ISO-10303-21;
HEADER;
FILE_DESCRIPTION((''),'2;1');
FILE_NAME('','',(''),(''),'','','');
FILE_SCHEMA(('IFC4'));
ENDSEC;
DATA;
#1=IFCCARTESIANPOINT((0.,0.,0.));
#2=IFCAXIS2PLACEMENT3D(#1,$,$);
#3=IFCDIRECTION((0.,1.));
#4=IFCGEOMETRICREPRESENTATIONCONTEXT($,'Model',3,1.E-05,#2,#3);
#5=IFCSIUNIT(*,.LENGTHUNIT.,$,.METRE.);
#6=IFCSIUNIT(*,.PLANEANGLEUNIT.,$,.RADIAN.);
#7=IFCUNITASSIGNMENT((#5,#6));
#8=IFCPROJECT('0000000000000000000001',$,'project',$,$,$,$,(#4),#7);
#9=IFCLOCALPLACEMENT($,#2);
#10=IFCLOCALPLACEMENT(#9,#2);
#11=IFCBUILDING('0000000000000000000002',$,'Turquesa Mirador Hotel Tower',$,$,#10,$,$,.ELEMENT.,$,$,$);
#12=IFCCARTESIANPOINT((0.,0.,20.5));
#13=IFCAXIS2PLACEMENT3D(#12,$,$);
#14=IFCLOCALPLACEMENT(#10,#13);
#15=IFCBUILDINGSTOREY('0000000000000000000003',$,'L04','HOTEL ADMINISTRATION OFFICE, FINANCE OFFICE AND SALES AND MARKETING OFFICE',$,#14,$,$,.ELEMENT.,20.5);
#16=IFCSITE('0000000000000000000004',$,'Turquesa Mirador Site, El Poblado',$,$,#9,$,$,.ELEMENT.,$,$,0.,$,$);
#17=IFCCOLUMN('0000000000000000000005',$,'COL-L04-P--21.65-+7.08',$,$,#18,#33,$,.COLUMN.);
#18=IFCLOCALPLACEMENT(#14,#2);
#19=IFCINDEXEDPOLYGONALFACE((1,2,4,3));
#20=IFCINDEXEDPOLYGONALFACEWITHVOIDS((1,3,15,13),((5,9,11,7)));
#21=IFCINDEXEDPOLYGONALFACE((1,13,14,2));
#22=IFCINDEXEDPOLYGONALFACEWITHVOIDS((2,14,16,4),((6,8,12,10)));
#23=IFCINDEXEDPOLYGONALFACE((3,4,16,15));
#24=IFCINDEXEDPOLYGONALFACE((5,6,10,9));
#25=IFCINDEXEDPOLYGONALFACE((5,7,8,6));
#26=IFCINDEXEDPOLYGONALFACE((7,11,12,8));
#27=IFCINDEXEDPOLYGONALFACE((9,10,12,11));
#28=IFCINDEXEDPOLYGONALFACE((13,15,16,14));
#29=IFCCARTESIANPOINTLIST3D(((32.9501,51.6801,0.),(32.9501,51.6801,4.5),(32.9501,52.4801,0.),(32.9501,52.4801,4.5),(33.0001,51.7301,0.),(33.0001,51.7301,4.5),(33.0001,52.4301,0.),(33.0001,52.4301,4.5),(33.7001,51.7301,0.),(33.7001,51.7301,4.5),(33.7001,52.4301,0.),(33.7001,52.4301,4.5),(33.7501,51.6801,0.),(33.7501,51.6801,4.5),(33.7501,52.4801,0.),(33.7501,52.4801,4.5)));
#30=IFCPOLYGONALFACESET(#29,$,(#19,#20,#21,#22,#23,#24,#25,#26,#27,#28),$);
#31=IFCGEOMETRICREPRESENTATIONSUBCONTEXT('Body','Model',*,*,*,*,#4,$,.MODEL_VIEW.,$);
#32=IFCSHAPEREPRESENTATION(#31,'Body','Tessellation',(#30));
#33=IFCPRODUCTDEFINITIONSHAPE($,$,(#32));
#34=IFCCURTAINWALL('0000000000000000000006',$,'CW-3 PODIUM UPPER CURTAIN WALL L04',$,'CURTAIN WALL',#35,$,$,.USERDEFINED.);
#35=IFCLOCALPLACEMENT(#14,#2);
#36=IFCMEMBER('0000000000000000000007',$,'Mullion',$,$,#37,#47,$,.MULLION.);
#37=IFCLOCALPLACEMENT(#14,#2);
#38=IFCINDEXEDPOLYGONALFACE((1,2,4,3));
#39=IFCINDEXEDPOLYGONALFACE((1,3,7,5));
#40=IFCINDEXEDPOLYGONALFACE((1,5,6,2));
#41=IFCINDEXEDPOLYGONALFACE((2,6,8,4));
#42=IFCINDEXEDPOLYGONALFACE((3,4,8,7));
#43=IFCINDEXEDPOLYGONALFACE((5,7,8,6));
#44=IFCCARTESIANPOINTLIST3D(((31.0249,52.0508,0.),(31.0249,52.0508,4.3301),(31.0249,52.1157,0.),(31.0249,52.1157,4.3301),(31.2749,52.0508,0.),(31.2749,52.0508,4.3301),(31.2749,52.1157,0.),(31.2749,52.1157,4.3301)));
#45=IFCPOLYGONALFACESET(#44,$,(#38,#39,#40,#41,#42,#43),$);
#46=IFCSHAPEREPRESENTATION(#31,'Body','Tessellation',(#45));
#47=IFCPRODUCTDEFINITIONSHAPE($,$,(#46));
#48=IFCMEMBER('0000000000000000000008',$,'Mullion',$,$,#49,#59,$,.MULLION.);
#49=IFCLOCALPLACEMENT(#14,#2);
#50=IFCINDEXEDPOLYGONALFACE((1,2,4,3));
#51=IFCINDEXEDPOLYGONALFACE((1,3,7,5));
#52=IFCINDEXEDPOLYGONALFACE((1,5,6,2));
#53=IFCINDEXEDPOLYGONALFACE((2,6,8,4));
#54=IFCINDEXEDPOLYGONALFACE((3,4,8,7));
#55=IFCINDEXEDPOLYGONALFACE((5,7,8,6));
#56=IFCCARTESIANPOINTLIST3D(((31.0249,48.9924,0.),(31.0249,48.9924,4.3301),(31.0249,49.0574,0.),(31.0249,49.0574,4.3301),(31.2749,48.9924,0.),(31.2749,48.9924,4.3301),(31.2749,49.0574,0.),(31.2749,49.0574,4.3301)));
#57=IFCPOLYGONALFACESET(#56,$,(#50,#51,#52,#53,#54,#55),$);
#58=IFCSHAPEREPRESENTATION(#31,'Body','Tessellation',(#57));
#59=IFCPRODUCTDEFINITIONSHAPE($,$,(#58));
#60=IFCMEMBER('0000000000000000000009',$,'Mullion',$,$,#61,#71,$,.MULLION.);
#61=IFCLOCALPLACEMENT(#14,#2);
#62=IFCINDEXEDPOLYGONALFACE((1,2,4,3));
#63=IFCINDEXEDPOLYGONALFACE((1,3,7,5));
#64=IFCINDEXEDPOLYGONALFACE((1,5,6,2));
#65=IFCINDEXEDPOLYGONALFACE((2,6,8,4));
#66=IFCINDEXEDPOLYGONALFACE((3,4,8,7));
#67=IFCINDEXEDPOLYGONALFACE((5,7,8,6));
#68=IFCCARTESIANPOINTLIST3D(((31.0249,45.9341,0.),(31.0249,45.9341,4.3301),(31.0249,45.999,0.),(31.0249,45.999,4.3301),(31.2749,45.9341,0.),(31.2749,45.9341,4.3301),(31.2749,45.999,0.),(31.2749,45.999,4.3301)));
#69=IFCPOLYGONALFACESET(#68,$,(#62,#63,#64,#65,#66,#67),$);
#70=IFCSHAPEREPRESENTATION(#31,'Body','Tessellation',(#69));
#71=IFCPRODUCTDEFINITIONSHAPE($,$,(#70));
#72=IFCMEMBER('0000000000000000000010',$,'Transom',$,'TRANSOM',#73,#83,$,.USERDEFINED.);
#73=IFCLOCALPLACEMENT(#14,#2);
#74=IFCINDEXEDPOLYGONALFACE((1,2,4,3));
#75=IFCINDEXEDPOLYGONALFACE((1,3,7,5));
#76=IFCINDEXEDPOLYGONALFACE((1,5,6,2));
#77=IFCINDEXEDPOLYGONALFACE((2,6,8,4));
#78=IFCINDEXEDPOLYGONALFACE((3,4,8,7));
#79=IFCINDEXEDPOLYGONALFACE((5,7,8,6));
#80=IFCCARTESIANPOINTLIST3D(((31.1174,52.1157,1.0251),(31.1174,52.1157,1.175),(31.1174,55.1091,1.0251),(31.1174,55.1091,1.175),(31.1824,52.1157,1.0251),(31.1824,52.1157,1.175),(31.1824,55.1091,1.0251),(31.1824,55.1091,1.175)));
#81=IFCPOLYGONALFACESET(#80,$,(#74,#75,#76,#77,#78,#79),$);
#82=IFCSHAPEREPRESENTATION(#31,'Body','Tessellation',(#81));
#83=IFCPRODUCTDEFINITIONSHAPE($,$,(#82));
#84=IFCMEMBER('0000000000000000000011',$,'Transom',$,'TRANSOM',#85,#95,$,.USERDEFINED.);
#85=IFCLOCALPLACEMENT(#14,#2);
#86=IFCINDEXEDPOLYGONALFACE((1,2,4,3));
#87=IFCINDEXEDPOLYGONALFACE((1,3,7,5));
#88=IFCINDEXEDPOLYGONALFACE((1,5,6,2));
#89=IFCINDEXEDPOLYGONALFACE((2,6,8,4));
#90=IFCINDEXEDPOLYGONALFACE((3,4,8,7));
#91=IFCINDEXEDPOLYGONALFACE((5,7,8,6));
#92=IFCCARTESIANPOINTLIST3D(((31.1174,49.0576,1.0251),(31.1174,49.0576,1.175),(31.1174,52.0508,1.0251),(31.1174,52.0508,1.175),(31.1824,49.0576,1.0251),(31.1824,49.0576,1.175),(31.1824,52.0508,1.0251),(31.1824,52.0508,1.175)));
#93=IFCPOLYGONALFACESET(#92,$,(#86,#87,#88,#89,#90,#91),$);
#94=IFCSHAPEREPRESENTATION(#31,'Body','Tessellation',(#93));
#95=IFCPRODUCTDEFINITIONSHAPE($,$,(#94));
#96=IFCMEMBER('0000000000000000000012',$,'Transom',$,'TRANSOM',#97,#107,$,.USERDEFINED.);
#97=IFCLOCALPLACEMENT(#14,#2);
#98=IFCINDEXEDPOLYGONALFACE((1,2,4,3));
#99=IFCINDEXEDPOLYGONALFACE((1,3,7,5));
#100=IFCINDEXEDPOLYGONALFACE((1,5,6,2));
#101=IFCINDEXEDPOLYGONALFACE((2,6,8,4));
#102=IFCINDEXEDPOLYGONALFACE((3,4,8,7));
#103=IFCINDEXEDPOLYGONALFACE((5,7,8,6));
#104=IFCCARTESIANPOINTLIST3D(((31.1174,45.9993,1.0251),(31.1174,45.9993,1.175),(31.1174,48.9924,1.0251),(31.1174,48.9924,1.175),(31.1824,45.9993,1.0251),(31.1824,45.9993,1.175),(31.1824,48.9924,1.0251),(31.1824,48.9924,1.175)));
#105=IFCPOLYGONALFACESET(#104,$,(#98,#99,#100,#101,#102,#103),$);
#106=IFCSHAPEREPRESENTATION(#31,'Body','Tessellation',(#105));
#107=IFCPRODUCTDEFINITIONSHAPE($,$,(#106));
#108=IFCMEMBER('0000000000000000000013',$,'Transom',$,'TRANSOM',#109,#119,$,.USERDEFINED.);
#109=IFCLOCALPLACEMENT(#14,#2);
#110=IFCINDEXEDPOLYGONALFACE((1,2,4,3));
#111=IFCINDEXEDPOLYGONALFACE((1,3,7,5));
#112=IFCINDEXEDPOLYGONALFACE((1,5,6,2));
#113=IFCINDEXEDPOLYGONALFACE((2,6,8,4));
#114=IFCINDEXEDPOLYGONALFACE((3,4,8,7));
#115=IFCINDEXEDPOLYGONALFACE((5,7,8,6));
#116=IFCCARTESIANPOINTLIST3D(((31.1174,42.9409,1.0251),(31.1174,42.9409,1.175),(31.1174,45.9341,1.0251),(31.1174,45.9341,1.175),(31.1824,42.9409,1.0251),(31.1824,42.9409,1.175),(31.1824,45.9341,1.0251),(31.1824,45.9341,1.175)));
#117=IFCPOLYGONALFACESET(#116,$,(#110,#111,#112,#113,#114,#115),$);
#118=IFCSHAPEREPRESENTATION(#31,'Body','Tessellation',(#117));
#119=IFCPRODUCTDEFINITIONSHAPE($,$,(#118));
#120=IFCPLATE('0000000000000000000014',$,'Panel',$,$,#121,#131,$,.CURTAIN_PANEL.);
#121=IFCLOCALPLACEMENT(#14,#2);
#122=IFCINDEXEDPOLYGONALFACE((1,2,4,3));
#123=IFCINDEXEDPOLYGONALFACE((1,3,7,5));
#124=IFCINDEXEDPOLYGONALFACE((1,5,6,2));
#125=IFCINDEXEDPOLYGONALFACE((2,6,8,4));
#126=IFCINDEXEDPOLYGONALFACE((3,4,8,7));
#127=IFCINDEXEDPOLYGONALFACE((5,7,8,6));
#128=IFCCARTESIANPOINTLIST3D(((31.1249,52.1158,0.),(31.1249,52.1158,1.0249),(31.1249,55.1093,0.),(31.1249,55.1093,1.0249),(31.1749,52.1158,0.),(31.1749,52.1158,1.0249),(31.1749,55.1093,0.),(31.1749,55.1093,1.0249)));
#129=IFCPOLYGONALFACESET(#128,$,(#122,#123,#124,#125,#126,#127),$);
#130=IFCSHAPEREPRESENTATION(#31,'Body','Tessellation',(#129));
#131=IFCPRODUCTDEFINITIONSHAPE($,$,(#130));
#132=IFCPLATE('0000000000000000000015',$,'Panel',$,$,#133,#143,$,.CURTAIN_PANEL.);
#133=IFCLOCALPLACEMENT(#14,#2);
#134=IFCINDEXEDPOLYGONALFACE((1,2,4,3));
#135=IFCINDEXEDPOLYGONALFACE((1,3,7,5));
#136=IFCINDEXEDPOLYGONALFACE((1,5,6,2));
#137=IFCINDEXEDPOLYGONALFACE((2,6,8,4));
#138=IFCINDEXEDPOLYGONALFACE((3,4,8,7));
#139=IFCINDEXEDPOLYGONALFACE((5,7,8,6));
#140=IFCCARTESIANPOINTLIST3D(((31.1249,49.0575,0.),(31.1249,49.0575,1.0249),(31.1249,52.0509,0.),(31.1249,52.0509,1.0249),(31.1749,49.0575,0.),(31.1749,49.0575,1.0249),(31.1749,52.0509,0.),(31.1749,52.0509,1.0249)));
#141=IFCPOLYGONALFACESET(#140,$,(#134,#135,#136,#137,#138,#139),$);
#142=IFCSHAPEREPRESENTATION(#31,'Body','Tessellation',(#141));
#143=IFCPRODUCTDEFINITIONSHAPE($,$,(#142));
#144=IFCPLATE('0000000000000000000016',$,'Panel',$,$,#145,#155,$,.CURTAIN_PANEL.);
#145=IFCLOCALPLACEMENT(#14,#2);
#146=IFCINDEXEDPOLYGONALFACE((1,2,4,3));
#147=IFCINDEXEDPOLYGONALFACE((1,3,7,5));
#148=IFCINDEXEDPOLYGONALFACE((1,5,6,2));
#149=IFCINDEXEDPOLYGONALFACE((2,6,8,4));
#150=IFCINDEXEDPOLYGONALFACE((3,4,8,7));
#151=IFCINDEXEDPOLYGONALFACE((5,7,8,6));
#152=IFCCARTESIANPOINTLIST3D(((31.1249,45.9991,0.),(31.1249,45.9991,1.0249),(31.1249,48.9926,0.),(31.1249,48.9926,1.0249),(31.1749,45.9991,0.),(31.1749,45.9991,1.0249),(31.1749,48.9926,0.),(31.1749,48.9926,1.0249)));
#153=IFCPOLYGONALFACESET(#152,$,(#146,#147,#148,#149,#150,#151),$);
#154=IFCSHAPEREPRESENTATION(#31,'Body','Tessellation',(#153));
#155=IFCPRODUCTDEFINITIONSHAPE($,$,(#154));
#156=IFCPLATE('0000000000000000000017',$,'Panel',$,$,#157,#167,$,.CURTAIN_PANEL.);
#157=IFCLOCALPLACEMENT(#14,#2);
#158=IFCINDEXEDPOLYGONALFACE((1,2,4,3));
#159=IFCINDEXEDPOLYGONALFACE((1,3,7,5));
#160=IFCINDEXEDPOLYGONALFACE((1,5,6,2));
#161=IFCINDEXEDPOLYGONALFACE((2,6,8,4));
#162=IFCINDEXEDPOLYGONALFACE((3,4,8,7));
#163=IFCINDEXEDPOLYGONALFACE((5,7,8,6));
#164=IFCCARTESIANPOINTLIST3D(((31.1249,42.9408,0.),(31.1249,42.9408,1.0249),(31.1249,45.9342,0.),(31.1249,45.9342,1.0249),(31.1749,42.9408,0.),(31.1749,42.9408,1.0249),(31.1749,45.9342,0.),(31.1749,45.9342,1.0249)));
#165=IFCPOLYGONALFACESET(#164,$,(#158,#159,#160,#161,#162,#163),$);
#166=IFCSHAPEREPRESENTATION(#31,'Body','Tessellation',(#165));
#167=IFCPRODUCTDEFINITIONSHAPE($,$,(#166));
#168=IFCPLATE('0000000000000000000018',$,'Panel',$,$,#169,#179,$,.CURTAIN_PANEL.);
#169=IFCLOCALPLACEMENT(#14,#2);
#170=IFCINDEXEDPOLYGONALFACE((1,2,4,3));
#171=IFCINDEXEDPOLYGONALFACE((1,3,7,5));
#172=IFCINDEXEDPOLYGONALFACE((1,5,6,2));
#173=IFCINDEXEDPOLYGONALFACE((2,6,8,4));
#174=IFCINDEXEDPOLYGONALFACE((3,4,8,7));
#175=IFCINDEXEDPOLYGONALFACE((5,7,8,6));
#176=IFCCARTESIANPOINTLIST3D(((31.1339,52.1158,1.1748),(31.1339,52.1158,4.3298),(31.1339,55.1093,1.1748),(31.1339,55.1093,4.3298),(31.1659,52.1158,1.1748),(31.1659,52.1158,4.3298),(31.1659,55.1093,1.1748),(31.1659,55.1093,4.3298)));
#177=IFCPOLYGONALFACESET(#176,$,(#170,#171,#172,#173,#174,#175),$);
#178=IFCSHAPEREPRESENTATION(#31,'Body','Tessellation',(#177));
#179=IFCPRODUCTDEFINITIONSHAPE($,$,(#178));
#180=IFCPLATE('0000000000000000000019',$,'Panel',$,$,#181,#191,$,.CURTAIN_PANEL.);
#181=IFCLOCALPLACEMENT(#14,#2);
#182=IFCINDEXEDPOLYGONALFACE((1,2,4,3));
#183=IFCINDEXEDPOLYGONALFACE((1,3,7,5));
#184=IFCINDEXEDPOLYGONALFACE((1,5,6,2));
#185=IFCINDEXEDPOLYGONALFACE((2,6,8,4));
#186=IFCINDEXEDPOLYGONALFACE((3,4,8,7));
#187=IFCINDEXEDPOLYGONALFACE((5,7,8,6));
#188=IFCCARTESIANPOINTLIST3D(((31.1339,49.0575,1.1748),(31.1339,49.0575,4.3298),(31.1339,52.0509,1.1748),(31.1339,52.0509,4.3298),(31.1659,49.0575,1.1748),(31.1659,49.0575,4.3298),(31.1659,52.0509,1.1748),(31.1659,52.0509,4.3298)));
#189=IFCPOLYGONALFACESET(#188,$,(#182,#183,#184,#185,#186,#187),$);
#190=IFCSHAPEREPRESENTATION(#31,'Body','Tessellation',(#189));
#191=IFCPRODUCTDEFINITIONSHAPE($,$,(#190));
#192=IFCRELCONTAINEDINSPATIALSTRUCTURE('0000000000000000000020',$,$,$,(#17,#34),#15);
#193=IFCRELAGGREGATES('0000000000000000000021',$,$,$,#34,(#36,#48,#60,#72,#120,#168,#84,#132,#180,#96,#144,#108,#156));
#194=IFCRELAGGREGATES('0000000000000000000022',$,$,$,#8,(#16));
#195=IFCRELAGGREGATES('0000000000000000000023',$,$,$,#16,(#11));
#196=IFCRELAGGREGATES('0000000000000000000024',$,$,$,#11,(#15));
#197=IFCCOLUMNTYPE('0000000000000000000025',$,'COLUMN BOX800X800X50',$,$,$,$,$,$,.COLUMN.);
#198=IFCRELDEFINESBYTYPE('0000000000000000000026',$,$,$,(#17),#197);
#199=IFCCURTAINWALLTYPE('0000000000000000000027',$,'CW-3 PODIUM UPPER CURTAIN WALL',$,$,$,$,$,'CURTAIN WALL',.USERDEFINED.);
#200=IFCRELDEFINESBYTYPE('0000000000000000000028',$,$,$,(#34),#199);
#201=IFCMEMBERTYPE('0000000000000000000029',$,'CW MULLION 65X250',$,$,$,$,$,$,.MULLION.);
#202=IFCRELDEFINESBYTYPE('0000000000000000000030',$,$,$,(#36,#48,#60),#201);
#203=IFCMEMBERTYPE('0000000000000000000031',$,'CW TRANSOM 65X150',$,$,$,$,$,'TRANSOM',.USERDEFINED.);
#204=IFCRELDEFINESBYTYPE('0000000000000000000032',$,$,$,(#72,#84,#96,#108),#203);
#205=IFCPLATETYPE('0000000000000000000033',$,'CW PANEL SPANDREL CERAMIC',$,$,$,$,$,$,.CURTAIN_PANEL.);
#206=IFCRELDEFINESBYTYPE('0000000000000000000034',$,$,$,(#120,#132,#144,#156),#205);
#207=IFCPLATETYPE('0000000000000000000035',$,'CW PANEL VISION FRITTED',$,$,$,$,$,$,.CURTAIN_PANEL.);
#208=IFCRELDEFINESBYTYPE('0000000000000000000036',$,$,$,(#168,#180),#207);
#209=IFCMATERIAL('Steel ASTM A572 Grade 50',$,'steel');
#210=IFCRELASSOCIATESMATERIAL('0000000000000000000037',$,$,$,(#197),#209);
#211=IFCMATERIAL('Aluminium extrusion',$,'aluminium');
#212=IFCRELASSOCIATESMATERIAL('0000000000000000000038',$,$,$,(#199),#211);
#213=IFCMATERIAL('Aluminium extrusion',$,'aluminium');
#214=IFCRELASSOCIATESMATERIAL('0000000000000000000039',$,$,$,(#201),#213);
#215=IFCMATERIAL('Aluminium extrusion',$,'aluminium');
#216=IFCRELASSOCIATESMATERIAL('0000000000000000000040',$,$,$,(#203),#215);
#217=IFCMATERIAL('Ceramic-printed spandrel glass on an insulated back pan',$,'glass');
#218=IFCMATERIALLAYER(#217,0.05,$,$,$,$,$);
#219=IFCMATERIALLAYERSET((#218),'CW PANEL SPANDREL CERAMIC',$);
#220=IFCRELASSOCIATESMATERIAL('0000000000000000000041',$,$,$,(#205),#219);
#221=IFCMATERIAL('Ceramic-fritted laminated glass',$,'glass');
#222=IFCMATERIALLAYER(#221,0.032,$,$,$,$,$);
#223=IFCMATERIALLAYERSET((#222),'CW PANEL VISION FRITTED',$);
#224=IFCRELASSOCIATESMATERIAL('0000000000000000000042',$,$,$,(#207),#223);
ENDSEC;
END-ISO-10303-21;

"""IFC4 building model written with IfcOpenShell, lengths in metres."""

from ifc_helpers import new_model, si_unit, direction, frame, origin, origin_2d, place, context, subcontext, project, spatial, rectangle, hollow_rectangle, extrude, material, layer, layer_set, material_profile, profile_set, type_object, element, aggregate, save


model = new_model("IFC4")

# Units and contexts
model_context = context("Model", 3, precision=1e-05, world=origin(), true_north=direction((0.0, 1.0)))
body_context = subcontext(model_context, "Body", "Model", "MODEL_VIEW")
ifc_project = project(units=[si_unit("LENGTHUNIT", "METRE"), si_unit("PLANEANGLEUNIT", "RADIAN")], contexts=[model_context])

# Site, building, storey
site_placement = place(None, origin())
site = spatial("IfcSite", under=ifc_project, at=site_placement, Name="Turquesa Mirador Site, El Poblado", CompositionType="ELEMENT", RefElevation=0.0)
building_placement = place(site_placement, origin())
building = spatial("IfcBuilding", under=site, at=building_placement, Name="Turquesa Mirador Hotel Tower", CompositionType="ELEMENT")
storey_placement = place(building_placement, frame((0.0, 0.0, 20.5)))
storey = spatial("IfcBuildingStorey", under=building, at=storey_placement, Name="L04", Description="HOTEL ADMINISTRATION OFFICE, FINANCE OFFICE AND SALES AND MARKETING OFFICE", CompositionType="ELEMENT", Elevation=20.5)

# Column
ifc_material_1 = material(Name="Steel ASTM A572 Grade 50", Category="steel")
ifc_material_profile_1 = material_profile(ifc_material_1, hollow_rectangle(XDim=0.8, YDim=0.8, WallThickness=0.05, at=origin_2d()), Name="BOX800X800X50")
ifc_profile_set_1 = profile_set([ifc_material_profile_1], Name="Steel ASTM A572 Grade 50")
column_type = type_object("IfcColumnType", Name="COLUMN BOX800X800X50", PredefinedType="COLUMN", material=ifc_profile_set_1)
column_placement = place(storey_placement, frame((33.3501, 52.0801, 0.0), z_axis=(0.0, 0.0, 1.0), x_axis=(1.0, 0.0, 0.0)))
element("IfcColumn", 1, at=column_placement, inside=storey, type_object=column_type, Name="COL-L04-P--21.65-+7.08", PredefinedType="COLUMN", context=body_context, shape_type="SweptSolid", body=[
    extrude(hollow_rectangle(XDim=0.8, YDim=0.8, WallThickness=0.05, at=origin_2d()), origin(), (0.0, 0.0, 1.0), 4.5),
])

# Curtain wall, members, plates
ifc_material_2 = material(Name="Aluminium extrusion", Category="aluminium")
curtain_wall_type = type_object("IfcCurtainWallType", Name="CW-3 PODIUM UPPER CURTAIN WALL", ElementType="CURTAIN WALL", PredefinedType="USERDEFINED", material=ifc_material_2)
curtain_wall_placement = place(storey_placement, origin())
curtain_wall = element("IfcCurtainWall", 2, at=curtain_wall_placement, inside=storey, type_object=curtain_wall_type, Name="CW-3 PODIUM UPPER CURTAIN WALL L04", ObjectType="CURTAIN WALL", PredefinedType="USERDEFINED")
ifc_material_3 = material(Name="Aluminium extrusion", Category="aluminium")
ifc_material_profile_2 = material_profile(ifc_material_3, rectangle(XDim=0.0649, YDim=0.25, at=origin_2d()), Name="MULLION 65X250")
ifc_profile_set_2 = profile_set([ifc_material_profile_2], Name="Aluminium extrusion")
member_type_1 = type_object("IfcMemberType", Name="CW MULLION 65X250", PredefinedType="MULLION", material=ifc_profile_set_2)
member_1_placement = place(storey_placement, frame((31.1499, 52.0833, 0.0), z_axis=(0.0, 0.0, 1.0), x_axis=(0.0, -1.0, 0.0)))
member_1 = element("IfcMember", 3, at=member_1_placement, type_object=member_type_1, Name="Mullion", PredefinedType="MULLION", context=body_context, shape_type="SweptSolid", body=[
    extrude(rectangle(XDim=0.0649, YDim=0.25, at=origin_2d()), origin(), (0.0, 0.0, 1.0), 4.3301),
])
member_2_placement = place(storey_placement, frame((31.1499, 49.0249, 0.0), z_axis=(0.0, 0.0, 1.0), x_axis=(0.0, -1.0, 0.0)))
member_2 = element("IfcMember", 4, at=member_2_placement, type_object=member_type_1, Name="Mullion", PredefinedType="MULLION", context=body_context, shape_type="SweptSolid", body=[
    extrude(rectangle(XDim=0.0649, YDim=0.25, at=origin_2d()), origin(), (0.0, 0.0, 1.0), 4.3301),
])
member_3_placement = place(storey_placement, frame((31.1499, 45.9666, 0.0), z_axis=(0.0, 0.0, 1.0), x_axis=(0.0, -1.0, 0.0)))
member_3 = element("IfcMember", 5, at=member_3_placement, type_object=member_type_1, Name="Mullion", PredefinedType="MULLION", context=body_context, shape_type="SweptSolid", body=[
    extrude(rectangle(XDim=0.0649, YDim=0.25, at=origin_2d()), origin(), (0.0, 0.0, 1.0), 4.3301),
])
ifc_material_4 = material(Name="Aluminium extrusion", Category="aluminium")
ifc_material_profile_3 = material_profile(ifc_material_4, rectangle(XDim=0.0649, YDim=0.1499, at=origin_2d()), Name="TRANSOM 65X150")
ifc_profile_set_3 = profile_set([ifc_material_profile_3], Name="Aluminium extrusion")
member_type_2 = type_object("IfcMemberType", Name="CW TRANSOM 65X150", ElementType="TRANSOM", PredefinedType="USERDEFINED", material=ifc_profile_set_3)
member_4_placement = place(storey_placement, frame((31.1499, 55.1091, 1.1001), z_axis=(0.0, -1.0, 0.0), x_axis=(1.0, 0.0, 0.0)))
member_4 = element("IfcMember", 6, at=member_4_placement, type_object=member_type_2, Name="Transom", ObjectType="TRANSOM", PredefinedType="USERDEFINED", context=body_context, shape_type="SweptSolid", body=[
    extrude(rectangle(XDim=0.0649, YDim=0.1499, at=origin_2d()), origin(), (0.0, 0.0, 1.0), 2.9934),
])
member_5_placement = place(storey_placement, frame((31.1499, 52.0508, 1.1001), z_axis=(0.0, -1.0, 0.0), x_axis=(1.0, 0.0, 0.0)))
member_5 = element("IfcMember", 7, at=member_5_placement, type_object=member_type_2, Name="Transom", ObjectType="TRANSOM", PredefinedType="USERDEFINED", context=body_context, shape_type="SweptSolid", body=[
    extrude(rectangle(XDim=0.0649, YDim=0.1499, at=origin_2d()), origin(), (0.0, 0.0, 1.0), 2.9932),
])
member_6_placement = place(storey_placement, frame((31.1499, 48.9924, 1.1001), z_axis=(0.0, -1.0, 0.0), x_axis=(1.0, 0.0, 0.0)))
member_6 = element("IfcMember", 8, at=member_6_placement, type_object=member_type_2, Name="Transom", ObjectType="TRANSOM", PredefinedType="USERDEFINED", context=body_context, shape_type="SweptSolid", body=[
    extrude(rectangle(XDim=0.0649, YDim=0.1499, at=origin_2d()), origin(), (0.0, 0.0, 1.0), 2.9932),
])
member_7_placement = place(storey_placement, frame((31.1499, 45.9341, 1.1001), z_axis=(0.0, -1.0, 0.0), x_axis=(1.0, 0.0, 0.0)))
member_7 = element("IfcMember", 9, at=member_7_placement, type_object=member_type_2, Name="Transom", ObjectType="TRANSOM", PredefinedType="USERDEFINED", context=body_context, shape_type="SweptSolid", body=[
    extrude(rectangle(XDim=0.0649, YDim=0.1499, at=origin_2d()), origin(), (0.0, 0.0, 1.0), 2.9932),
])
ifc_material_5 = material(Name="Ceramic-printed spandrel glass on an insulated back pan", Category="glass")
ifc_layer_1 = layer(ifc_material_5, 0.05)
ifc_layer_set_1 = layer_set([ifc_layer_1], Name="CW PANEL SPANDREL CERAMIC")
plate_type_1 = type_object("IfcPlateType", Name="CW PANEL SPANDREL CERAMIC", PredefinedType="CURTAIN_PANEL", material=ifc_layer_set_1)
plate_1_placement = place(storey_placement, frame((31.1499, 53.6125, 0.0), z_axis=(0.0, 0.0, 1.0), x_axis=(0.0, -1.0, 0.0)))
plate_1 = element("IfcPlate", 10, at=plate_1_placement, type_object=plate_type_1, Name="Panel", PredefinedType="CURTAIN_PANEL", context=body_context, shape_type="SweptSolid", body=[
    extrude(rectangle(XDim=2.9934, YDim=0.05, at=origin_2d()), origin(), (0.0, 0.0, 1.0), 1.0249),
])
plate_2_placement = place(storey_placement, frame((31.1499, 50.5542, 0.0), z_axis=(0.0, 0.0, 1.0), x_axis=(0.0, -1.0, 0.0)))
plate_2 = element("IfcPlate", 11, at=plate_2_placement, type_object=plate_type_1, Name="Panel", PredefinedType="CURTAIN_PANEL", context=body_context, shape_type="SweptSolid", body=[
    extrude(rectangle(XDim=2.9934, YDim=0.05, at=origin_2d()), origin(), (0.0, 0.0, 1.0), 1.0249),
])
plate_3_placement = place(storey_placement, frame((31.1499, 47.4958, 0.0), z_axis=(0.0, 0.0, 1.0), x_axis=(0.0, -1.0, 0.0)))
plate_3 = element("IfcPlate", 12, at=plate_3_placement, type_object=plate_type_1, Name="Panel", PredefinedType="CURTAIN_PANEL", context=body_context, shape_type="SweptSolid", body=[
    extrude(rectangle(XDim=2.9934, YDim=0.05, at=origin_2d()), origin(), (0.0, 0.0, 1.0), 1.0249),
])
plate_4_placement = place(storey_placement, frame((31.1499, 44.4375, 0.0), z_axis=(0.0, 0.0, 1.0), x_axis=(0.0, -1.0, 0.0)))
plate_4 = element("IfcPlate", 13, at=plate_4_placement, type_object=plate_type_1, Name="Panel", PredefinedType="CURTAIN_PANEL", context=body_context, shape_type="SweptSolid", body=[
    extrude(rectangle(XDim=2.9934, YDim=0.05, at=origin_2d()), origin(), (0.0, 0.0, 1.0), 1.0249),
])
ifc_material_6 = material(Name="Ceramic-fritted laminated glass", Category="glass")
ifc_layer_2 = layer(ifc_material_6, 0.032)
ifc_layer_set_2 = layer_set([ifc_layer_2], Name="CW PANEL VISION FRITTED")
plate_type_2 = type_object("IfcPlateType", Name="CW PANEL VISION FRITTED", PredefinedType="CURTAIN_PANEL", material=ifc_layer_set_2)
plate_5_placement = place(storey_placement, frame((31.1499, 53.6125, 1.1748), z_axis=(0.0, 0.0, 1.0), x_axis=(0.0, -1.0, 0.0)))
plate_5 = element("IfcPlate", 14, at=plate_5_placement, type_object=plate_type_2, Name="Panel", PredefinedType="CURTAIN_PANEL", context=body_context, shape_type="SweptSolid", body=[
    extrude(rectangle(XDim=2.9934, YDim=0.032, at=origin_2d()), origin(), (0.0, 0.0, 1.0), 3.155),
])
plate_6_placement = place(storey_placement, frame((31.1499, 50.5542, 1.1748), z_axis=(0.0, 0.0, 1.0), x_axis=(0.0, -1.0, 0.0)))
plate_6 = element("IfcPlate", 15, at=plate_6_placement, type_object=plate_type_2, Name="Panel", PredefinedType="CURTAIN_PANEL", context=body_context, shape_type="SweptSolid", body=[
    extrude(rectangle(XDim=2.9934, YDim=0.032, at=origin_2d()), origin(), (0.0, 0.0, 1.0), 3.155),
])
aggregate(curtain_wall, [member_1, member_2, member_3, member_4, plate_1, plate_5, member_5, plate_2, plate_6, member_6, plate_3, member_7, plate_4])

save(model, "model.ifc")
